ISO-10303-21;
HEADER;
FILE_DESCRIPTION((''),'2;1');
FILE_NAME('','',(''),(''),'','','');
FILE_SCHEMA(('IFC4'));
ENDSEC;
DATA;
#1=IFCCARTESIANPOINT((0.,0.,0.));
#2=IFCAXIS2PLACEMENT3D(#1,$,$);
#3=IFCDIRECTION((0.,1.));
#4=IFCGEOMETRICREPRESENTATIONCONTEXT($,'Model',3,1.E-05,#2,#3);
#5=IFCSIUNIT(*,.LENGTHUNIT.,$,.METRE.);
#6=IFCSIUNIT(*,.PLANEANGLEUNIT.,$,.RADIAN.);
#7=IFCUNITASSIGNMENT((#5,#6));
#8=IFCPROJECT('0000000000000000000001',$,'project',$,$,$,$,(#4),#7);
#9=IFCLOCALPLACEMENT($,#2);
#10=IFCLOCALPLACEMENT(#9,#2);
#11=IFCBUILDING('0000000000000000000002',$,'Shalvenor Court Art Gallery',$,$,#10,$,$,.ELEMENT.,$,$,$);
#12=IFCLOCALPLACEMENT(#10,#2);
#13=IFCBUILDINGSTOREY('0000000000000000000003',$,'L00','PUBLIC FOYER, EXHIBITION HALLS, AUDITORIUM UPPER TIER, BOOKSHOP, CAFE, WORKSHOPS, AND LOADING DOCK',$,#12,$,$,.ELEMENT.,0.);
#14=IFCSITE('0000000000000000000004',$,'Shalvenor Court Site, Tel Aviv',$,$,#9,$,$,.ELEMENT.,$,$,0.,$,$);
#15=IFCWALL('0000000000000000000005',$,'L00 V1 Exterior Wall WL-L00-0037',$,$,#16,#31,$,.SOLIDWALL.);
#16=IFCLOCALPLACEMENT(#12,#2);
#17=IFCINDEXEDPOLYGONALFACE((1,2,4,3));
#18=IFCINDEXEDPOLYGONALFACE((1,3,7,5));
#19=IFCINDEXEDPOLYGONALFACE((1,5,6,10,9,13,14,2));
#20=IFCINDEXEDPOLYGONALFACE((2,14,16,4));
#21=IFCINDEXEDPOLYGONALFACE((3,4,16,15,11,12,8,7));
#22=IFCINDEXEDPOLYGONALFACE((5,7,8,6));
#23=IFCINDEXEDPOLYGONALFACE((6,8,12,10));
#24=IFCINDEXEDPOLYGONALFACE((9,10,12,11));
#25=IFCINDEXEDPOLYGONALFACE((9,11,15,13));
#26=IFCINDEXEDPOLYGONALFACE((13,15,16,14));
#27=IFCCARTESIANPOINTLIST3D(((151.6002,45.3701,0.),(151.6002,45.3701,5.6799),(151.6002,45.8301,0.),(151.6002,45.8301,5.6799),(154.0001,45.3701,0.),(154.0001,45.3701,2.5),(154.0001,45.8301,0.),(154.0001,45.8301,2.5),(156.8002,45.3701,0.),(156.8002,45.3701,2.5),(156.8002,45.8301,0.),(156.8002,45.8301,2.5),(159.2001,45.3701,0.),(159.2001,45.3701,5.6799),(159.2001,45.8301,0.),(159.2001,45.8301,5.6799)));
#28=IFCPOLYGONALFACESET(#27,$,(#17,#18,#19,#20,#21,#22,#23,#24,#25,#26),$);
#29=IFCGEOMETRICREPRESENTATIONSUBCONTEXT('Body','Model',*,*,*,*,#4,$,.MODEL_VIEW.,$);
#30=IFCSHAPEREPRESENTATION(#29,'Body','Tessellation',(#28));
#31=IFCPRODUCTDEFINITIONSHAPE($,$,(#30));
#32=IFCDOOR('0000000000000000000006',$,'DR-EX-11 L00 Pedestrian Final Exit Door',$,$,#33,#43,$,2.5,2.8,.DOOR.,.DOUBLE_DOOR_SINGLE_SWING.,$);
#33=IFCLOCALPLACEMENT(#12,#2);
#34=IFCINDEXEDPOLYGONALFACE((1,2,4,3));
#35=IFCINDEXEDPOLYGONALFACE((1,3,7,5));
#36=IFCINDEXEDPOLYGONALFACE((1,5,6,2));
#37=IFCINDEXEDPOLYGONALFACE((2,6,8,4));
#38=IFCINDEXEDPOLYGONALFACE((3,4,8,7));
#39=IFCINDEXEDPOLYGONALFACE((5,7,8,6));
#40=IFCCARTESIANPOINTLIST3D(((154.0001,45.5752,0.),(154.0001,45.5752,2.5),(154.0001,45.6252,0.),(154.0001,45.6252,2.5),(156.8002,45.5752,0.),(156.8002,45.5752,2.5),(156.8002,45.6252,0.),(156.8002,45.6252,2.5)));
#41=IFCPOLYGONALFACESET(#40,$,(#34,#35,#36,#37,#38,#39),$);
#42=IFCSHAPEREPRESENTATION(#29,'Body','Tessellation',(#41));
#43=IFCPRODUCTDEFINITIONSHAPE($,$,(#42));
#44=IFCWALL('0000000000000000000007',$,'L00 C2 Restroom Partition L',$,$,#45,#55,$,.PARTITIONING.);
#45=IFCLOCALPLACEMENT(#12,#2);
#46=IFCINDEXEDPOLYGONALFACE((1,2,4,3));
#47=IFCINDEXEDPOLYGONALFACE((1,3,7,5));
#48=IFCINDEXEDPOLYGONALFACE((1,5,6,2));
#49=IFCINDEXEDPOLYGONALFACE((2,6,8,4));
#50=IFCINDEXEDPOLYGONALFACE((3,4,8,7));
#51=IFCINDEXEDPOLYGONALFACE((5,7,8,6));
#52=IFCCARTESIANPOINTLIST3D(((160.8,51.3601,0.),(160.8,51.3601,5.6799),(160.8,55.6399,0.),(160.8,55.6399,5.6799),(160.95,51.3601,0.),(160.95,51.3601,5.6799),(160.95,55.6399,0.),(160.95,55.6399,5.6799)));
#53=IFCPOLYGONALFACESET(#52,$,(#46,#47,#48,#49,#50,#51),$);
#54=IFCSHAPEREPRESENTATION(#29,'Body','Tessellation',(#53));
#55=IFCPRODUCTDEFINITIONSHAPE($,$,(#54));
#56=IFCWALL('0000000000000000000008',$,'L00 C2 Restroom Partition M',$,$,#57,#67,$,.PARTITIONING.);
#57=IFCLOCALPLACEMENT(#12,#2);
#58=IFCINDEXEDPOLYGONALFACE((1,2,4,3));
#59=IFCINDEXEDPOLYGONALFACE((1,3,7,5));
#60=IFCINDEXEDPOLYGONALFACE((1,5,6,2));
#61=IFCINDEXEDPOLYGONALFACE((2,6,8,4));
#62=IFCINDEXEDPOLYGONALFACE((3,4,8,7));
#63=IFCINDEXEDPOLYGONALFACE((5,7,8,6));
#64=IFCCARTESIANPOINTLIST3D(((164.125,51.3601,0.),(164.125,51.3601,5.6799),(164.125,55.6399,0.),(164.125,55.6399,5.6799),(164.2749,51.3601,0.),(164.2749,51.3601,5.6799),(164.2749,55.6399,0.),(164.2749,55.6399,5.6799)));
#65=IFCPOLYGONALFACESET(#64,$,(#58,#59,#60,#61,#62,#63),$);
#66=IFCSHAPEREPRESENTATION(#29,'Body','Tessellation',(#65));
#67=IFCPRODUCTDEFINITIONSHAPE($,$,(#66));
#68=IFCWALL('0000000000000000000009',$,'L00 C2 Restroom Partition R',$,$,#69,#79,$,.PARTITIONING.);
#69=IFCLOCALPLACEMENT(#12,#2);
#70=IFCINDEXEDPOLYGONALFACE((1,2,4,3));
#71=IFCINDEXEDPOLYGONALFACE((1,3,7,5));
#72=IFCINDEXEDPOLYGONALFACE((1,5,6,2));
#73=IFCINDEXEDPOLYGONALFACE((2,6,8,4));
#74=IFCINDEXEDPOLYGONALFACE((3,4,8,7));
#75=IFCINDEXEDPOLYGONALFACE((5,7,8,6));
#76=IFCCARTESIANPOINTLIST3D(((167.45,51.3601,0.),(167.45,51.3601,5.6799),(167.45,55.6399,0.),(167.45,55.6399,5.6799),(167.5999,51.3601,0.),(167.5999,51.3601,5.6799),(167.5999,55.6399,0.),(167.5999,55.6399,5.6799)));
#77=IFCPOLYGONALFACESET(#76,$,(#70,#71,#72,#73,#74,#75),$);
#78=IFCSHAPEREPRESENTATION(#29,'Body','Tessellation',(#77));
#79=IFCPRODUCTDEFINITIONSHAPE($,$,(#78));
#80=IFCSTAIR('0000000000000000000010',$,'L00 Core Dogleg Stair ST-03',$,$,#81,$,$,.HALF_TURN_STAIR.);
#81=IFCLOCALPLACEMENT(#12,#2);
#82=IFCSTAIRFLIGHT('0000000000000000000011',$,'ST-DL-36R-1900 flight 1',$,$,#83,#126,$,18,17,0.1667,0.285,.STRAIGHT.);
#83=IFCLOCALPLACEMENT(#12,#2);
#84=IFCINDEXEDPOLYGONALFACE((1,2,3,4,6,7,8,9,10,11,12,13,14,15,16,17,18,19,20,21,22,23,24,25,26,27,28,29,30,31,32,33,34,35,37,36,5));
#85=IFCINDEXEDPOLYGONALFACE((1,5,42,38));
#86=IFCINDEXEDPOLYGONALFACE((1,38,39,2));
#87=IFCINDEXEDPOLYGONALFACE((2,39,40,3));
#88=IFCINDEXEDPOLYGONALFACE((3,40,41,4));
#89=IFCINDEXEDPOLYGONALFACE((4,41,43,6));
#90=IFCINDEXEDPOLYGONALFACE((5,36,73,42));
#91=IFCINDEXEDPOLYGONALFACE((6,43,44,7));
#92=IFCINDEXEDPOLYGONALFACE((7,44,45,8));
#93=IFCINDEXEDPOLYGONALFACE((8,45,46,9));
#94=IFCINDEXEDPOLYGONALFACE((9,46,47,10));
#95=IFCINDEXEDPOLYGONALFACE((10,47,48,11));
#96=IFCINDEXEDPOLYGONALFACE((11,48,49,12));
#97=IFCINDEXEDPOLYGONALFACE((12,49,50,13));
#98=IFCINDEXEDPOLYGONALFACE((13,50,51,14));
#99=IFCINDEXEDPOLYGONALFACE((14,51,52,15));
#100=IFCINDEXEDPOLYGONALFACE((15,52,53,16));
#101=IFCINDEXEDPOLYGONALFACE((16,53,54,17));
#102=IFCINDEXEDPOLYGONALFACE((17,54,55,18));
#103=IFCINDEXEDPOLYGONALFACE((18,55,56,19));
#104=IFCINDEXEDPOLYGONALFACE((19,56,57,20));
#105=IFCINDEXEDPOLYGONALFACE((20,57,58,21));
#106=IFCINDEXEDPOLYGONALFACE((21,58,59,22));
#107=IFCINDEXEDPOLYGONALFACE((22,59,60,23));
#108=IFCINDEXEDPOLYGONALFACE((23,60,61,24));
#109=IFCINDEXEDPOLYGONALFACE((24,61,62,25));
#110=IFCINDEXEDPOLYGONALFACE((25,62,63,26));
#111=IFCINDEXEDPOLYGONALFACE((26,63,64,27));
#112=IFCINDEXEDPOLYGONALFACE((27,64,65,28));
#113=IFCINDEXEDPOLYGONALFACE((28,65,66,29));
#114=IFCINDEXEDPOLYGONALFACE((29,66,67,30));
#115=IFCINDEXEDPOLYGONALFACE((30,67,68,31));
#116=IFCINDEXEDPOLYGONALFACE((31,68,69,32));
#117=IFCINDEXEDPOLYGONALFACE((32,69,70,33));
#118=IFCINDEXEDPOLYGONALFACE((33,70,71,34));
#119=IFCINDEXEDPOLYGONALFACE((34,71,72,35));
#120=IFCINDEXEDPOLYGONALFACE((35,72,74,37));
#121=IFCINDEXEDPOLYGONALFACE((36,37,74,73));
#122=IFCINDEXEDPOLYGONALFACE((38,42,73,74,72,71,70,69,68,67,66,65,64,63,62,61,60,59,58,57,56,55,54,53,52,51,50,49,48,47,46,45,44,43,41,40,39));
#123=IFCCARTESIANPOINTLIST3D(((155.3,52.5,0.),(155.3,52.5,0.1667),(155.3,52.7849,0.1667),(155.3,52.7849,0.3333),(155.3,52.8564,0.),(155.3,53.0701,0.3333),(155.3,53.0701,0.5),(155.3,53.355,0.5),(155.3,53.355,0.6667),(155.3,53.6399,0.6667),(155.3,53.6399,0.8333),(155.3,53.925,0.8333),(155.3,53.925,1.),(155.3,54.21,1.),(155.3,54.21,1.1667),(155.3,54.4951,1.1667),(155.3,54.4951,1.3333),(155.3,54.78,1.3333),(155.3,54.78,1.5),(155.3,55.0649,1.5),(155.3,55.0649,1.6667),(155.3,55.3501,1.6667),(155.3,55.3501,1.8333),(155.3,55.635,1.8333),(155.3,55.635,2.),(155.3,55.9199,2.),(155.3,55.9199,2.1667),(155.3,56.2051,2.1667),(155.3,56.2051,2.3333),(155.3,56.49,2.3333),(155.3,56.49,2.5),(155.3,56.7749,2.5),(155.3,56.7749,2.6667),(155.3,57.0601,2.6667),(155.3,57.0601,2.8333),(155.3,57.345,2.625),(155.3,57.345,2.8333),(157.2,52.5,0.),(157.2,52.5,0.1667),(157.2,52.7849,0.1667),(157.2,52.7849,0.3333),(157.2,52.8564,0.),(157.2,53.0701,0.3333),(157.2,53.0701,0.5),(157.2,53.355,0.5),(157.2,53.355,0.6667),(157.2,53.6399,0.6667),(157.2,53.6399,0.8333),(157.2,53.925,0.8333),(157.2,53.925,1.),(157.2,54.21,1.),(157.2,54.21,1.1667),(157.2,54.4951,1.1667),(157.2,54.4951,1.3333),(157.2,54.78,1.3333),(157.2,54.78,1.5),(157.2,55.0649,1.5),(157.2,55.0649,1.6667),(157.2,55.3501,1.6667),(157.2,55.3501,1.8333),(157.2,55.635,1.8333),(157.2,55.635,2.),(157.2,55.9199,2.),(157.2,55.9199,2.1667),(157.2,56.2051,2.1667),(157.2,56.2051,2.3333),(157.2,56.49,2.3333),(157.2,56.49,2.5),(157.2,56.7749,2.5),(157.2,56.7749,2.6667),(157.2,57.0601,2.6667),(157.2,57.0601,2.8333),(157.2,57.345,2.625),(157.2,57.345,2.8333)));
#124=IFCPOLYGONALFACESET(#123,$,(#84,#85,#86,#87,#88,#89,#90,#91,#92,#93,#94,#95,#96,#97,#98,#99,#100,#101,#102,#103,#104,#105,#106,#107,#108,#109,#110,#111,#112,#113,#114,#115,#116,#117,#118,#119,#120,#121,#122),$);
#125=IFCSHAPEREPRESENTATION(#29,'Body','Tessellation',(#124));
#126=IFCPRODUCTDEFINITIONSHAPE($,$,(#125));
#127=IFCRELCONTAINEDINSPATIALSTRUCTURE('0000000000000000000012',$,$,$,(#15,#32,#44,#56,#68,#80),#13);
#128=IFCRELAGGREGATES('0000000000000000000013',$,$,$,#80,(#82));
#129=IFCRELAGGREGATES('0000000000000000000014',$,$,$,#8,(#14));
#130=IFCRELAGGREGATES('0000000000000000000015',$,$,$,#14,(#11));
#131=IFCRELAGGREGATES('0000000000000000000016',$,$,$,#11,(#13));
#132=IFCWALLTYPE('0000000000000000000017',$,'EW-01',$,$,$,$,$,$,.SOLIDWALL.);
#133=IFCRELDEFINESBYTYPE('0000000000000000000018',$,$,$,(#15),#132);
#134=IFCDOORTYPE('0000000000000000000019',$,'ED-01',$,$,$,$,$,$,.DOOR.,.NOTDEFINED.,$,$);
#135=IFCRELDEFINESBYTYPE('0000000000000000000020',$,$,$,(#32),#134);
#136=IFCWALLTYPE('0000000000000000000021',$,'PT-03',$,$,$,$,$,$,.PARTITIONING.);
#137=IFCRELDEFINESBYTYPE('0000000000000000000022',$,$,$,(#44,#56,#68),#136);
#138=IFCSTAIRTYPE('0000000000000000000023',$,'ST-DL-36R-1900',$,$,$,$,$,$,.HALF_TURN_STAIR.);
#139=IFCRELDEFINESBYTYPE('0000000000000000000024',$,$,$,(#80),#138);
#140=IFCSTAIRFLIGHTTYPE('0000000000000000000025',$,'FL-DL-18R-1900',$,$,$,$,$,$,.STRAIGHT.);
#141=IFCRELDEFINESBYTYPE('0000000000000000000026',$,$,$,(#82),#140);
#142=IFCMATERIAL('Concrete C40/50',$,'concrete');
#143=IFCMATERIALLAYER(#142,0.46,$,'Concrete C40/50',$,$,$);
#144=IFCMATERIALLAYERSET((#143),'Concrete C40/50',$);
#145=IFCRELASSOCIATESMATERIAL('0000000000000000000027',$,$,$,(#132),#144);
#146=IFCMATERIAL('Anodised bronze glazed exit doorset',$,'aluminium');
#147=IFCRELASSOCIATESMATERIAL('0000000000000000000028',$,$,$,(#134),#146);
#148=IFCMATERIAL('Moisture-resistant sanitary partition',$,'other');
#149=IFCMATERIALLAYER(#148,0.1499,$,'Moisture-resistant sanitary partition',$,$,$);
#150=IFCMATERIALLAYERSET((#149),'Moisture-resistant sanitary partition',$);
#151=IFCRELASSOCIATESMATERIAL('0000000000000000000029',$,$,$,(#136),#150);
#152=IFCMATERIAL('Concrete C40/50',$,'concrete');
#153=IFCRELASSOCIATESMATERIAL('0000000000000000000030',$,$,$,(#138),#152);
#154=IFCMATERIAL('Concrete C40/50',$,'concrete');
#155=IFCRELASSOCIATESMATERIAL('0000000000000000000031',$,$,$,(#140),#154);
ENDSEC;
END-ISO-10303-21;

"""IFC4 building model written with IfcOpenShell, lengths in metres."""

from ifc_helpers import new_model, si_unit, direction, frame, frame_2d, origin, place, context, subcontext, project, spatial, polyline, rectangle, outline, extrude, material, layer, layer_set, type_object, element, fill, aggregate, save


model = new_model("IFC4")

# Units and contexts
model_context = context("Model", 3, precision=1e-05, world=origin(), true_north=direction((0.0, 1.0)))
body_context = subcontext(model_context, "Body", "Model", "MODEL_VIEW")
ifc_project = project(units=[si_unit("LENGTHUNIT", "METRE"), si_unit("PLANEANGLEUNIT", "RADIAN")], contexts=[model_context])

# Site, building, storey
site_placement = place(None, origin())
site = spatial("IfcSite", under=ifc_project, at=site_placement, Name="Shalvenor Court Site, Tel Aviv", CompositionType="ELEMENT", RefElevation=0.0)
building_placement = place(site_placement, origin())
building = spatial("IfcBuilding", under=site, at=building_placement, Name="Shalvenor Court Art Gallery", CompositionType="ELEMENT")
storey_placement = place(building_placement, origin())
storey = spatial("IfcBuildingStorey", under=building, at=storey_placement, Name="L00", Description="PUBLIC FOYER, EXHIBITION HALLS, AUDITORIUM UPPER TIER, BOOKSHOP, CAFE, WORKSHOPS, AND LOADING DOCK", CompositionType="ELEMENT", Elevation=0.0)

# Wall, opening, door
ifc_material_1 = material(Name="Concrete C40/50", Category="concrete")
ifc_layer_1 = layer(ifc_material_1, 0.46, Name="Concrete C40/50")
ifc_layer_set_1 = layer_set([ifc_layer_1], Name="Concrete C40/50")
wall_type_1 = type_object("IfcWallType", Name="EW-01", PredefinedType="SOLIDWALL", material=ifc_layer_set_1)
wall_1_placement = place(storey_placement, frame((159.2, 45.6001, 0.0), z_axis=(0.0, 0.0, 1.0), x_axis=(-1.0, 0.0, 0.0)))
wall_1 = element("IfcWall", 1, at=wall_1_placement, inside=storey, type_object=wall_type_1, Name="L00 V1 Exterior Wall WL-L00-0037", PredefinedType="SOLIDWALL", context=body_context, shape_type="SweptSolid", body=[
    extrude(rectangle(XDim=7.5999, YDim=0.46, at=frame_2d((3.7998, 0.0))), origin(), (0.0, 0.0, 1.0), 5.6799),
])
opening_1_placement = place(wall_1_placement, frame((2.3999, 0.0, 0.0)))
opening_1 = element("IfcOpeningElement", 2, at=opening_1_placement, cuts=wall_1, PredefinedType="OPENING", context=body_context, shape_type="SweptSolid", body=[
    extrude(rectangle(XDim=2.8, YDim=2.5, at=frame_2d((1.3999, 1.25))), frame((0.0, 0.24, 0.0), z_axis=(0.0, -1.0, 0.0), x_axis=(1.0, 0.0, 0.0)), (0.0, 0.0, 1.0), 0.48),
])
ifc_material_2 = material(Name="Anodised bronze glazed exit doorset", Category="aluminium")
door_type_1 = type_object("IfcDoorType", Name="ED-01", OperationType="NOTDEFINED", PredefinedType="DOOR", material=ifc_material_2)
door_1_placement = place(opening_1_placement, origin())
door_1 = element("IfcDoor", 3, at=door_1_placement, inside=storey, type_object=door_type_1, Name="DR-EX-11 L00 Pedestrian Final Exit Door", OperationType="DOUBLE_DOOR_SINGLE_SWING", OverallHeight=2.5, OverallWidth=2.8, PredefinedType="DOOR", context=body_context, shape_type="SweptSolid", body=[
    extrude(rectangle(XDim=2.8, YDim=2.5, at=frame_2d((1.3999, 1.25))), frame((0.0, 0.0249, 0.0), z_axis=(0.0, -1.0, 0.0), x_axis=(1.0, 0.0, 0.0)), (0.0, 0.0, 1.0), 0.05),
])
fill(opening_1, door_1)

# Walls
ifc_material_3 = material(Name="Moisture-resistant sanitary partition", Category="other")
ifc_layer_2 = layer(ifc_material_3, 0.1499, Name="Moisture-resistant sanitary partition")
ifc_layer_set_2 = layer_set([ifc_layer_2], Name="Moisture-resistant sanitary partition")
wall_type_2 = type_object("IfcWallType", Name="PT-03", PredefinedType="PARTITIONING", material=ifc_layer_set_2)
for number, where, z_axis, x_axis, name in (
    (4, (160.875, 51.3601, 0.0), (0.0, 0.0, 1.0), (0.0, 1.0, 0.0), "L00 C2 Restroom Partition L"),
    (5, (164.2, 51.3601, 0.0), (0.0, 0.0, 1.0), (0.0, 1.0, 0.0), "L00 C2 Restroom Partition M"),
    (6, (167.5249, 51.3601, 0.0), (0.0, 0.0, 1.0), (0.0, 1.0, 0.0), "L00 C2 Restroom Partition R"),
):
    element("IfcWall", number, at=place(storey_placement, frame(where, z_axis=z_axis, x_axis=x_axis)), inside=storey, type_object=wall_type_2, Name=name, PredefinedType="PARTITIONING", context=body_context, shape_type="SweptSolid", body=[
        extrude(rectangle(XDim=4.2798, YDim=0.1499, at=frame_2d((2.1399, 0.0))), origin(), (0.0, 0.0, 1.0), 5.6799),
    ])

# Stair, stair flight
ifc_material_4 = material(Name="Concrete C40/50", Category="concrete")
stair_type = type_object("IfcStairType", Name="ST-DL-36R-1900", PredefinedType="HALF_TURN_STAIR", material=ifc_material_4)
stair_placement = place(storey_placement, origin())
stair = element("IfcStair", 7, at=stair_placement, inside=storey, type_object=stair_type, Name="L00 Core Dogleg Stair ST-03", PredefinedType="HALF_TURN_STAIR")
ifc_material_5 = material(Name="Concrete C40/50", Category="concrete")
stair_flight_type = type_object("IfcStairFlightType", Name="FL-DL-18R-1900", PredefinedType="STRAIGHT", material=ifc_material_5)
stair_flight_placement = place(storey_placement, frame((156.25, 52.5, 0.0), z_axis=(0.0, 0.0, 1.0), x_axis=(0.0, 1.0, 0.0)))
stair_flight = element("IfcStairFlight", 8, at=stair_flight_placement, type_object=stair_flight_type, Name="ST-DL-36R-1900 flight 1", NumberOfRisers=18, NumberOfTreads=17, PredefinedType="STRAIGHT", RiserHeight=0.1667, TreadLength=0.285, context=body_context, shape_type="SweptSolid", body=[
    extrude(outline(polyline([(0.0, 0.0), (0.0, 0.1667), (0.2849, 0.1667), (0.2849, 0.3333), (0.5701, 0.3333), (0.5701, 0.5), (0.855, 0.5), (0.855, 0.6667), (1.1399, 0.6667), (1.1399, 0.8333), (1.425, 0.8333), (1.425, 1.0), (1.71, 1.0), (1.71, 1.1667), (1.9951, 1.1667), (1.9951, 1.3333), (2.28, 1.3333), (2.28, 1.5), (2.5649, 1.5), (2.5649, 1.6667), (2.8501, 1.6667), (2.8501, 1.8333), (3.135, 1.8333), (3.135, 2.0), (3.4199, 2.0), (3.4199, 2.1667), (3.7051, 2.1667), (3.7051, 2.3333), (3.99, 2.3333), (3.99, 2.5), (4.2749, 2.5), (4.2749, 2.6667), (4.5601, 2.6667), (4.5601, 2.8333), (4.845, 2.8333), (4.845, 3.0), (4.845, 2.625), (0.3564, 0.0), (0.0, 0.0)])), frame((0.0, 0.95, 0.0), z_axis=(0.0, -1.0, 0.0), x_axis=(1.0, 0.0, 0.0)), (0.0, 0.0, 1.0), 1.8999),
])
aggregate(stair, [stair_flight])

save(model, "model.ifc")
